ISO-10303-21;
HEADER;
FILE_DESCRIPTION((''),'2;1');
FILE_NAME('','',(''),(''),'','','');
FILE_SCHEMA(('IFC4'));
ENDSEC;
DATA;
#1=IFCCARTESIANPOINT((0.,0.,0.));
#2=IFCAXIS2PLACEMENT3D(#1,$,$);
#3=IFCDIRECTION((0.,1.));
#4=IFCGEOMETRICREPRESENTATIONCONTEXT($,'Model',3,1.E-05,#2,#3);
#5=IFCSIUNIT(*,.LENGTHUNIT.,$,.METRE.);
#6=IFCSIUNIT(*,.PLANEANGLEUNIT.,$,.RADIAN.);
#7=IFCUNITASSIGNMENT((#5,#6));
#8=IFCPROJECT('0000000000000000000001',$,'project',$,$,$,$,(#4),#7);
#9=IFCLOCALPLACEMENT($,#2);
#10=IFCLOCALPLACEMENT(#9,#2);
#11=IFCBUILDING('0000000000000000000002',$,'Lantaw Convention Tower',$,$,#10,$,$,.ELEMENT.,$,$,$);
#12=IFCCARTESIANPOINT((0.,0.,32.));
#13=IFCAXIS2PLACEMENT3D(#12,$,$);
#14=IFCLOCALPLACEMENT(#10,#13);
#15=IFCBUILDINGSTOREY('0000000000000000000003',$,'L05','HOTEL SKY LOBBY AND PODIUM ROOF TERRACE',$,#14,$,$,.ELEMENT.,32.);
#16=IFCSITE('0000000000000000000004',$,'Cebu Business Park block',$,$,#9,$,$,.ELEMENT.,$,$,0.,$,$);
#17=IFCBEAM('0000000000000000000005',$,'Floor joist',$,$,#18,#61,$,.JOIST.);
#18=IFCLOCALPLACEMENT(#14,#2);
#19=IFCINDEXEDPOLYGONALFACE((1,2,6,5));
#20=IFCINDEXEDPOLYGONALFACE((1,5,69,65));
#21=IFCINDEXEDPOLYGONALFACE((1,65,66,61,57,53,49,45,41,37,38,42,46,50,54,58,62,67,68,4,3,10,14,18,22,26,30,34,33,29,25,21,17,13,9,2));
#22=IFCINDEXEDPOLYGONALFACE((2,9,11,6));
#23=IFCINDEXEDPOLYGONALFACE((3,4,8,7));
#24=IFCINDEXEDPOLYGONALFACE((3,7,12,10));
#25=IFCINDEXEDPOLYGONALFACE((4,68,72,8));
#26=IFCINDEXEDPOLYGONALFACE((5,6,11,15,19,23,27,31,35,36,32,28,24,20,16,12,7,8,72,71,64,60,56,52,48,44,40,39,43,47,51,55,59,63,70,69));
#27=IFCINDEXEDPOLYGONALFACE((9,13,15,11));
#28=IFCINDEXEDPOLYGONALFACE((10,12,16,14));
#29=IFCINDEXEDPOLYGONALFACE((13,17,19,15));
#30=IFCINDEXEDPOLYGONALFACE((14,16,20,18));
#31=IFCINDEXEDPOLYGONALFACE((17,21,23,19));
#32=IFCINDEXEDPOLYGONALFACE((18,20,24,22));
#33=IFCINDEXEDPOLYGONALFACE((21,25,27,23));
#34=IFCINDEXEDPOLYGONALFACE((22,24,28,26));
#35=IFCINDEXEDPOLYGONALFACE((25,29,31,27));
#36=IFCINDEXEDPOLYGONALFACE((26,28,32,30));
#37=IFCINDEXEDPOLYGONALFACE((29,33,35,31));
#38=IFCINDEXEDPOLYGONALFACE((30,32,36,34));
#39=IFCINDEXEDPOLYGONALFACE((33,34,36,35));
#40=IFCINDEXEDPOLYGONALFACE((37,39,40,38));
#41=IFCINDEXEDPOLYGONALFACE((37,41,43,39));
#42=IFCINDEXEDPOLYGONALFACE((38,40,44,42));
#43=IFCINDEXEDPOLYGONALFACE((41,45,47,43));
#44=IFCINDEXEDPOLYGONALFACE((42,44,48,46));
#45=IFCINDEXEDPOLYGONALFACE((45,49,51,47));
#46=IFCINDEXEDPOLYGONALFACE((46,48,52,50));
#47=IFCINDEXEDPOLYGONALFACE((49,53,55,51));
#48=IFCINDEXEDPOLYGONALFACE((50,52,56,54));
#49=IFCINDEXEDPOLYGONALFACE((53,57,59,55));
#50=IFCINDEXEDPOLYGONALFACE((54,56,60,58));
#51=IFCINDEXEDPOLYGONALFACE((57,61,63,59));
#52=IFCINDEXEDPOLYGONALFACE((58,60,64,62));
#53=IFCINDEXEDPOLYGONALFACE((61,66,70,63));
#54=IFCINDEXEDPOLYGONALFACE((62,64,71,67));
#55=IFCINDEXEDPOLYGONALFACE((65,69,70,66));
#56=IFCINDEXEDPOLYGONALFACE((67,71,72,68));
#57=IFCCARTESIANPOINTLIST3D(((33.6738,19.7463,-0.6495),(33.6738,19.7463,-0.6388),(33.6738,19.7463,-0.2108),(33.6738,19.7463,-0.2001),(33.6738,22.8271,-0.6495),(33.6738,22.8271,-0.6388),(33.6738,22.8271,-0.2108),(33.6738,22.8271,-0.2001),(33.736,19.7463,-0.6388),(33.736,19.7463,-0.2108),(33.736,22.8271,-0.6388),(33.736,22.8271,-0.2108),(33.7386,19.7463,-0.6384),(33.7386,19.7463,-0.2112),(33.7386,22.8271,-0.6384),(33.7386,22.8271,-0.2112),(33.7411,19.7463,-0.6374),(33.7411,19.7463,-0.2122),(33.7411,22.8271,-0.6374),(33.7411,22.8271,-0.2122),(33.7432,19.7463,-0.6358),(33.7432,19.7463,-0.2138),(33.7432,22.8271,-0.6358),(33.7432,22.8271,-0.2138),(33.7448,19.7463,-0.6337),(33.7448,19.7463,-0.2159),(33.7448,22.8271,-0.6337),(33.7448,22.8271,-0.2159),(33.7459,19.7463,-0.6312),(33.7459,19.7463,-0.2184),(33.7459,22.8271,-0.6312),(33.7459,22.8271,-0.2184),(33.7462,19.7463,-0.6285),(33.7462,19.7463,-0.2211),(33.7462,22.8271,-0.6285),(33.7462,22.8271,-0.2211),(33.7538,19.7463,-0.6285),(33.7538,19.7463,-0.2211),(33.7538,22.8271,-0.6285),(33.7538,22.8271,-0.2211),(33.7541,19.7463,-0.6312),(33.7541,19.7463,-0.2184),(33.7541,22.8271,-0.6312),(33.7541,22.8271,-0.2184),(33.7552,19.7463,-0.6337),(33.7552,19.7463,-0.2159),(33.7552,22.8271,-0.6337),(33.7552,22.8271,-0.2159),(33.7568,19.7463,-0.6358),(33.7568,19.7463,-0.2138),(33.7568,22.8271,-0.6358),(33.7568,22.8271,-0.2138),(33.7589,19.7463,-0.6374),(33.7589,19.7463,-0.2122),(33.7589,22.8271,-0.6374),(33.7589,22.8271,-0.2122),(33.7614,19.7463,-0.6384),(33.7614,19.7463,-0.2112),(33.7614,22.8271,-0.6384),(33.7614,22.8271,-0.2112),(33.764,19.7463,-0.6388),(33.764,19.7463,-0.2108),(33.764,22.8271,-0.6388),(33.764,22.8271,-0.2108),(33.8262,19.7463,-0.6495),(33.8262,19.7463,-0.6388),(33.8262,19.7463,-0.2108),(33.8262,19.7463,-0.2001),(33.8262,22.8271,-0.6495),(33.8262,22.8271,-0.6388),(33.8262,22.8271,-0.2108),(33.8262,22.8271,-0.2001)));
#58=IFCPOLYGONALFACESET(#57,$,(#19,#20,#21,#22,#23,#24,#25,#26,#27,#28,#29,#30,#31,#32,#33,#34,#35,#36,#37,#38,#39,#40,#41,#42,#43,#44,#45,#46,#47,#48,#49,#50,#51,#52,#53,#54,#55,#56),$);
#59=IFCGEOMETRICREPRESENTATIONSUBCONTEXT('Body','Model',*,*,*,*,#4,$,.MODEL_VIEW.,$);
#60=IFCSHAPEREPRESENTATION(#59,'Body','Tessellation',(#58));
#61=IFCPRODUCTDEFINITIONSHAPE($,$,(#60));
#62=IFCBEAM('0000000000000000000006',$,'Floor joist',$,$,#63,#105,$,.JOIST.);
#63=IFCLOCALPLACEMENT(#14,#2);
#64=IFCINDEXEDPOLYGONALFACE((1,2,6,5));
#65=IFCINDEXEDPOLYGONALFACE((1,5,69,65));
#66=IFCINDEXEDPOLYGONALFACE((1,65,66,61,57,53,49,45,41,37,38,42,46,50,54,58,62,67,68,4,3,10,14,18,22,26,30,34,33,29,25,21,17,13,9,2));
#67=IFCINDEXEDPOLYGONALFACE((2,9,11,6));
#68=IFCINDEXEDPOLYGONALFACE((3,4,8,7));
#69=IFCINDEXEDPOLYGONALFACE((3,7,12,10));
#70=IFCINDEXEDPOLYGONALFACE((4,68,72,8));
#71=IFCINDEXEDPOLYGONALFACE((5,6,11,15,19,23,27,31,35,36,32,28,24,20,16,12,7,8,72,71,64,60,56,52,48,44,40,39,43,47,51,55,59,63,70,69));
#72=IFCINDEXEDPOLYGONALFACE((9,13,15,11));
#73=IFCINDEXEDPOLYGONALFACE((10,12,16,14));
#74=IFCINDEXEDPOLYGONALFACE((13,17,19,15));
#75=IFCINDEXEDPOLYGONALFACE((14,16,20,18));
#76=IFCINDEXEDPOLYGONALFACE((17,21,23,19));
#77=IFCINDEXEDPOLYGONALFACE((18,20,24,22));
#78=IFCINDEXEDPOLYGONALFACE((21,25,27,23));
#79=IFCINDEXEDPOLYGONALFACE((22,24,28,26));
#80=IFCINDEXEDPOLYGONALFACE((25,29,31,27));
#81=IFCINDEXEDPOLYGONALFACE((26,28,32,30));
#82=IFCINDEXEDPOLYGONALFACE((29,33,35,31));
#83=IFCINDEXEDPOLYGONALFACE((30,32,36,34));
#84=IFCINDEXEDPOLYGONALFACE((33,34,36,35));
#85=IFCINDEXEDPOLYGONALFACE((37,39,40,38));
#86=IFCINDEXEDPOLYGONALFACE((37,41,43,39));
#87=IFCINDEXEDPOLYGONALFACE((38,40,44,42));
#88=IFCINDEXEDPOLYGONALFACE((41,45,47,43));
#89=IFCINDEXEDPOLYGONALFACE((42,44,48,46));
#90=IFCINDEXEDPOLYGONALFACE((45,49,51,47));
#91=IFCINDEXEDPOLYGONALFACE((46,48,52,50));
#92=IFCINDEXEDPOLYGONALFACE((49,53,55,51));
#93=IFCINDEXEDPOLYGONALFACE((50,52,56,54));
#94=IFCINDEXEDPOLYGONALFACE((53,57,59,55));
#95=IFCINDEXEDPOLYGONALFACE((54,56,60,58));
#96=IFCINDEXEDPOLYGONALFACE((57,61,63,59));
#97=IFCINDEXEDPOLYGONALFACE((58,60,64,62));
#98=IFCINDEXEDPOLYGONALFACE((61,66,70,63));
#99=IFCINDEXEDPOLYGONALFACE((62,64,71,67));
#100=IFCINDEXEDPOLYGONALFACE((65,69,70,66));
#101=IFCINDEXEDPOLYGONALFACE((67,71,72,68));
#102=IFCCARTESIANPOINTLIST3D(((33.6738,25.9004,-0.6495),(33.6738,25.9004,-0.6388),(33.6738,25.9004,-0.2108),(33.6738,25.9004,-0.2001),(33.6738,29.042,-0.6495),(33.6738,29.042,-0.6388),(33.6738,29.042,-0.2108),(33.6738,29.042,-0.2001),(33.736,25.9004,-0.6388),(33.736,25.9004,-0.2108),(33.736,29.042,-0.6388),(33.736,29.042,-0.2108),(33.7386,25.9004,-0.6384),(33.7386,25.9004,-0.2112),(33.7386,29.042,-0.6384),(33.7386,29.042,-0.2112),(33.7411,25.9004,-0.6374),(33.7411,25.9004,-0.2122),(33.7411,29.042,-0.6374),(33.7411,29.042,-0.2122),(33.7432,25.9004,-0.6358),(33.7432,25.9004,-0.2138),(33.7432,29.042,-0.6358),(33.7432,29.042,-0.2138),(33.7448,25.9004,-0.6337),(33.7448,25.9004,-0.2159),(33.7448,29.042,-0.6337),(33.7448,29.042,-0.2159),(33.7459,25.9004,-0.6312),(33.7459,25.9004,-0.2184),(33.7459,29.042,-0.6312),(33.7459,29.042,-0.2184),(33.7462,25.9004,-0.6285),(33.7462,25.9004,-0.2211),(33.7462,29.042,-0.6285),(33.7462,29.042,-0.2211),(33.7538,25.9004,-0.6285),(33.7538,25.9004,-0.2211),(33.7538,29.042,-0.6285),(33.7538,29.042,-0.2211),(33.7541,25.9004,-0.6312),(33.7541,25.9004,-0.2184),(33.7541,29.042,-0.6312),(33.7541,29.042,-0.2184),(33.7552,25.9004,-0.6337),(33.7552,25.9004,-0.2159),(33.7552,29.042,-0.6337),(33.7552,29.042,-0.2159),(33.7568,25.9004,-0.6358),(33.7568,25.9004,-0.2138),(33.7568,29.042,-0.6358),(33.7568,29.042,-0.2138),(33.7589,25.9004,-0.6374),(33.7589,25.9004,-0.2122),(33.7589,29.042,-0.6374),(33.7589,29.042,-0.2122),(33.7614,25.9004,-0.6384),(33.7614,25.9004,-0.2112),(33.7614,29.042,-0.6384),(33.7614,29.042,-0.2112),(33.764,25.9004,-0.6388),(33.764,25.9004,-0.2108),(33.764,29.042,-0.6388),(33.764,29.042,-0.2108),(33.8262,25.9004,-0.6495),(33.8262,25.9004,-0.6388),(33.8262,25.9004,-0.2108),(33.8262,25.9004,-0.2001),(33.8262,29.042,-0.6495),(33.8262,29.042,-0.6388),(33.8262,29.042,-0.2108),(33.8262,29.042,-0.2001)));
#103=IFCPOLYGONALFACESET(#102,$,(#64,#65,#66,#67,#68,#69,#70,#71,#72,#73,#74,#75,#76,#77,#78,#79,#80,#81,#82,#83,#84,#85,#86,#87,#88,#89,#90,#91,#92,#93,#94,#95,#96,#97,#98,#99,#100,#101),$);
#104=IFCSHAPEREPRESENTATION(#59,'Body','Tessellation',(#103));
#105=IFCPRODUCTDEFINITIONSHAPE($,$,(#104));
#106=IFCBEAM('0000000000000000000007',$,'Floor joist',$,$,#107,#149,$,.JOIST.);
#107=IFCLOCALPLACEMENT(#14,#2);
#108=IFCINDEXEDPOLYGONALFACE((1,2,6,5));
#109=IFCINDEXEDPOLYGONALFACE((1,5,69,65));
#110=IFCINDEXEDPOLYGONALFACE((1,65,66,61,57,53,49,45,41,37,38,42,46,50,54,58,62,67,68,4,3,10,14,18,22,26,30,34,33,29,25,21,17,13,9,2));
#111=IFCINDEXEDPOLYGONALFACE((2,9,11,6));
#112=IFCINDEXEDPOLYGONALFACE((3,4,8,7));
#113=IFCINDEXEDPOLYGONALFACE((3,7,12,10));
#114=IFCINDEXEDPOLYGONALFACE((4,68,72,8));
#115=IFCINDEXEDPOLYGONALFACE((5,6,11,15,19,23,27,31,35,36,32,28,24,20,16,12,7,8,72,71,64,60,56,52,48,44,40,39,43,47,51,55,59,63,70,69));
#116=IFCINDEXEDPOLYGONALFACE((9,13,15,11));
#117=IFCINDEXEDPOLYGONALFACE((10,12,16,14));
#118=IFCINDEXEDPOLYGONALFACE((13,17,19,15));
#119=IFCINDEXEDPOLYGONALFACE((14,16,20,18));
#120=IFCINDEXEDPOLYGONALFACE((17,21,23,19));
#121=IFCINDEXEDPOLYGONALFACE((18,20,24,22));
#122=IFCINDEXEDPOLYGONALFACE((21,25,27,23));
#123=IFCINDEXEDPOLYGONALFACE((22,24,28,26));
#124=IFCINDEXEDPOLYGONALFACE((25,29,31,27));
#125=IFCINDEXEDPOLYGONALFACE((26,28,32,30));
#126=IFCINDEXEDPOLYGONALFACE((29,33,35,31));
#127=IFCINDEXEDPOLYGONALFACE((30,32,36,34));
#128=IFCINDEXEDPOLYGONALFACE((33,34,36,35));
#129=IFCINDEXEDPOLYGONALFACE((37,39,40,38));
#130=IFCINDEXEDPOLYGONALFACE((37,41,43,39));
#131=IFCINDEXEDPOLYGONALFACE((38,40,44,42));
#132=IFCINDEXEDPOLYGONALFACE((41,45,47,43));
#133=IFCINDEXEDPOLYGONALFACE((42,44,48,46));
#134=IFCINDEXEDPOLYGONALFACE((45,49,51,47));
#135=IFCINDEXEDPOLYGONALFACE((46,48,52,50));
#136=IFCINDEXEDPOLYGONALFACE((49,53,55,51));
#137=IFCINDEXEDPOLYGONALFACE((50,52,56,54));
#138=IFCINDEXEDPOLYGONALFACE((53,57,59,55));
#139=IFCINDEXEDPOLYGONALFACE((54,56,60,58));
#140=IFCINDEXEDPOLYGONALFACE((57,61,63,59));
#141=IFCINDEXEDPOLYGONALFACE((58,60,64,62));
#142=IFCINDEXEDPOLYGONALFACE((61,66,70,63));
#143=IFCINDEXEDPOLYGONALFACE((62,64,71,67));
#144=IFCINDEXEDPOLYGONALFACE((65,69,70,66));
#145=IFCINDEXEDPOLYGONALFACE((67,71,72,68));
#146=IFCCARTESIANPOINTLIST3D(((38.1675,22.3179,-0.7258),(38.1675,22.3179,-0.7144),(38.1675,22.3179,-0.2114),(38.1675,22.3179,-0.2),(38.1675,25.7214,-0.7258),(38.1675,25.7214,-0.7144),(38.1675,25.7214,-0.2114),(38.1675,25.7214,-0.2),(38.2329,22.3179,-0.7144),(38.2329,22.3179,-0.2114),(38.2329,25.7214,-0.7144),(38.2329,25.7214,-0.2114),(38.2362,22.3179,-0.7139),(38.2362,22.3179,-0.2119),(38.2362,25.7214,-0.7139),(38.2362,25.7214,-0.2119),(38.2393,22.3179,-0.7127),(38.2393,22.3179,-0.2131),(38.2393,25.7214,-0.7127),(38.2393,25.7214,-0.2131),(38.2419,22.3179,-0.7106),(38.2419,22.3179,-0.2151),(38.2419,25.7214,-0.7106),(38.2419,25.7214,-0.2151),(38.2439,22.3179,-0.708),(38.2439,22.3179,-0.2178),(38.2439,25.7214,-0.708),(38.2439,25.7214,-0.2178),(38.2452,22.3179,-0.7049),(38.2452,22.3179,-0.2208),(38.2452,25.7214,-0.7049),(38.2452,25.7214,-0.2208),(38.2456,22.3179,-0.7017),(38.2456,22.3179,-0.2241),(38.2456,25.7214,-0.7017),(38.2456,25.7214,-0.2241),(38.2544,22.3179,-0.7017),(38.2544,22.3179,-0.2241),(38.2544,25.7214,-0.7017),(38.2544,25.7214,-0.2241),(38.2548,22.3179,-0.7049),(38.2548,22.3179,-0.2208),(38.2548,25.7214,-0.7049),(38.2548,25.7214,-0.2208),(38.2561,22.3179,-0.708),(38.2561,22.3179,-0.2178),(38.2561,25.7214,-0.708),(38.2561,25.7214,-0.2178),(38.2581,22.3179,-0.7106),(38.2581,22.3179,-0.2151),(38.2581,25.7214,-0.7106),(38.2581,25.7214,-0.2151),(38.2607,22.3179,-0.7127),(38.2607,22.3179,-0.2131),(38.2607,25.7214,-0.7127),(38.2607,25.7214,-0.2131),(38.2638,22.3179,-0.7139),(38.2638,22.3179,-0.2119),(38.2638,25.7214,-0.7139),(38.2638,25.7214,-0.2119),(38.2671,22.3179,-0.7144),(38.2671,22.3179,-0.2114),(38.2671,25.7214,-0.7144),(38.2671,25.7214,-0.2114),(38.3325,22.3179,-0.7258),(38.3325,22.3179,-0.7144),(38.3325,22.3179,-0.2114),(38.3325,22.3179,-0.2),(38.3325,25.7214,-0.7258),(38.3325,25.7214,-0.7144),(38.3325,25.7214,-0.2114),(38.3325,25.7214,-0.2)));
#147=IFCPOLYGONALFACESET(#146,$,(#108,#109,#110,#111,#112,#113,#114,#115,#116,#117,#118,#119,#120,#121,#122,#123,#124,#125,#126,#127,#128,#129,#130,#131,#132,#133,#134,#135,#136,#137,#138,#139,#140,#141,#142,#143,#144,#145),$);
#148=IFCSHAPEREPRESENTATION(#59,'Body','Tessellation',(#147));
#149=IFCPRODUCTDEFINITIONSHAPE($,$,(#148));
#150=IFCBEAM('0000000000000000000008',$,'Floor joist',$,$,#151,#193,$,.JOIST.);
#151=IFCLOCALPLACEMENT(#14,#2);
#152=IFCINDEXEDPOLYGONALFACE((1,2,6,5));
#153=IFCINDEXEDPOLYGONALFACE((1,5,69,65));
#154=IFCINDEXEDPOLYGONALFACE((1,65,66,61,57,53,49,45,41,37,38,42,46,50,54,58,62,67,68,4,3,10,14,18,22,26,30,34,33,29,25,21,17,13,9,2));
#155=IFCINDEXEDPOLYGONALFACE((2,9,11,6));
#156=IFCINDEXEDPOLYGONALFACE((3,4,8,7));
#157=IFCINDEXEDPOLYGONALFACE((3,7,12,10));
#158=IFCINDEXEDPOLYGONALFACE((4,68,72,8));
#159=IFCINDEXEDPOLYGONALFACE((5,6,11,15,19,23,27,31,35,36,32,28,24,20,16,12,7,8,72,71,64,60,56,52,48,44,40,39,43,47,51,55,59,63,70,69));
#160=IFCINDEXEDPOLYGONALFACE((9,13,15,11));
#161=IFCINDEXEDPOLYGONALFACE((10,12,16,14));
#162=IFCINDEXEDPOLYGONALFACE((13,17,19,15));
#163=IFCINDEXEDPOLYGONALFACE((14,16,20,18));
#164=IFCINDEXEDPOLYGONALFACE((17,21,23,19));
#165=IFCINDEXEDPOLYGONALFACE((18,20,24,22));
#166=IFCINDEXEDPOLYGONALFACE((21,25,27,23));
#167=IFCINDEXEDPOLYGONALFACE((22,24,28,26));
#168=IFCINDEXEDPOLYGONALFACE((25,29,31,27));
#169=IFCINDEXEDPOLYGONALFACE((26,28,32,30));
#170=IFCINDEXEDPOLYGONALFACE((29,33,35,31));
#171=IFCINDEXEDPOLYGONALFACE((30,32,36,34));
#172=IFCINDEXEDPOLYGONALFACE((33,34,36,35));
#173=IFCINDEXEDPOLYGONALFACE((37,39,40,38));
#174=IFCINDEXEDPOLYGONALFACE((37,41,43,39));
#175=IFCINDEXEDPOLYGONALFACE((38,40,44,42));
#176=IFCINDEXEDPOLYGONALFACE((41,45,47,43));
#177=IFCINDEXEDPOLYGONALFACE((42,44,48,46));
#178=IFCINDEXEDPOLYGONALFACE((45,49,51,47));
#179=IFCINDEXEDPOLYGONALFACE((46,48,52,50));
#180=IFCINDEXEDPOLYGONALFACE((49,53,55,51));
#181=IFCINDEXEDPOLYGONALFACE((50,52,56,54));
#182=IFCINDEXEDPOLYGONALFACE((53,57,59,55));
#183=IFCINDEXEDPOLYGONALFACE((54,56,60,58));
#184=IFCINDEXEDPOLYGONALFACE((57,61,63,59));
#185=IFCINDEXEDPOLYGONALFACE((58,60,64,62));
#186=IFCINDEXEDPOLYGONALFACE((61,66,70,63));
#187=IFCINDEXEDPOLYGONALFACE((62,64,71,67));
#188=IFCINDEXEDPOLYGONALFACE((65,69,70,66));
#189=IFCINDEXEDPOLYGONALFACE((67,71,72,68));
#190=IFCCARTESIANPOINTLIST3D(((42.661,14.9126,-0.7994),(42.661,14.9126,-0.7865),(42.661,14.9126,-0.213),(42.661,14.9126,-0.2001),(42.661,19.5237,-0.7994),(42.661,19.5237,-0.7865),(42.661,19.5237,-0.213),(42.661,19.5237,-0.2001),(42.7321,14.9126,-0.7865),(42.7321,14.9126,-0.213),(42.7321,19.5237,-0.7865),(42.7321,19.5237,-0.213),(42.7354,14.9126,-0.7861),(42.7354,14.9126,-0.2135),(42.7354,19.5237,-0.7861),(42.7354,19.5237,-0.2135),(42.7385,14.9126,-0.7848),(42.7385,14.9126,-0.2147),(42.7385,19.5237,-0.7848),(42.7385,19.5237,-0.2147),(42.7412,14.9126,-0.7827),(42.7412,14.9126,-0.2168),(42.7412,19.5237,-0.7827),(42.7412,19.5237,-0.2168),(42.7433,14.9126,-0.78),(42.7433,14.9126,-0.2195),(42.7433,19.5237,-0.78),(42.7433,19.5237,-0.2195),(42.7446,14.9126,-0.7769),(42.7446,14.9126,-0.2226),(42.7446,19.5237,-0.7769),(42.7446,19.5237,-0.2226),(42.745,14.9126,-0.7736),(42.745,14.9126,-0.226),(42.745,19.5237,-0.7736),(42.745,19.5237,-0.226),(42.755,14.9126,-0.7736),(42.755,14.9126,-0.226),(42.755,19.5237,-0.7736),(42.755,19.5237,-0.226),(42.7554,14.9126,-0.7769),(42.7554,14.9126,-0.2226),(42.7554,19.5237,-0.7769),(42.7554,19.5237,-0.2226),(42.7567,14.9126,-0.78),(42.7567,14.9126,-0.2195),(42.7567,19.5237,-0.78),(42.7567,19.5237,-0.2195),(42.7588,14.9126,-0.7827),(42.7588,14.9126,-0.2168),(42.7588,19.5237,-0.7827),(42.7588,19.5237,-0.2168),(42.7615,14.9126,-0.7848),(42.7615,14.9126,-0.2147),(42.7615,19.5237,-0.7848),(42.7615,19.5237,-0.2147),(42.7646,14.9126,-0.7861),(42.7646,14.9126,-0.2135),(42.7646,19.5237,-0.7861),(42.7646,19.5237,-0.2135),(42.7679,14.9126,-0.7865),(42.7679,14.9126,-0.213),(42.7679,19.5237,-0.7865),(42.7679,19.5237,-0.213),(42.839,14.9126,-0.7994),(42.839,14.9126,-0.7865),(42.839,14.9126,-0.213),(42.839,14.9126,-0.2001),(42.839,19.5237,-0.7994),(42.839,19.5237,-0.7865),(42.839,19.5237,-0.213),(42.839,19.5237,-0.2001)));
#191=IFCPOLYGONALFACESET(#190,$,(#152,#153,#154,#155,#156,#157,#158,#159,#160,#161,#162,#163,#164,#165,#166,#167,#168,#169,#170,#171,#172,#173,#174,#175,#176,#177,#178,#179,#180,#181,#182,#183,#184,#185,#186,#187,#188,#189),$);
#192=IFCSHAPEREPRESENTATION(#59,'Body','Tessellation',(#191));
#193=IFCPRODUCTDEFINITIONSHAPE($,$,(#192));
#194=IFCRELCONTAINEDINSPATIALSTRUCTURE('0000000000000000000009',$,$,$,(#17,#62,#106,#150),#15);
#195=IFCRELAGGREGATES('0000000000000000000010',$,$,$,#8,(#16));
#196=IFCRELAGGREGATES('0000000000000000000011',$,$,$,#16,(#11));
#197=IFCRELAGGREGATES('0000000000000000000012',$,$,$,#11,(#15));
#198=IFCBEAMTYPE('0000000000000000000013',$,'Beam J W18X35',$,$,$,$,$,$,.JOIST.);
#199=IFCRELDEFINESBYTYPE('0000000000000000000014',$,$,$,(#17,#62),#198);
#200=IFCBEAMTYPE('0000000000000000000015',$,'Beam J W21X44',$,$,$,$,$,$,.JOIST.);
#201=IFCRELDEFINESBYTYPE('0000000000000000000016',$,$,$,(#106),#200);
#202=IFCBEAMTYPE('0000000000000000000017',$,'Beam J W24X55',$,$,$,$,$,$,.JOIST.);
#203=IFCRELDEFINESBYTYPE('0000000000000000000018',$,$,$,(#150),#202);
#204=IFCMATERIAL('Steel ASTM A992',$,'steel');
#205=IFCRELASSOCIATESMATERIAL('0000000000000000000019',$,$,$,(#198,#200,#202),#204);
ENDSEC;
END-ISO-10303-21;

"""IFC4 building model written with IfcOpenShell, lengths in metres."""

from ifc_helpers import new_model, si_unit, direction, frame, origin, origin_2d, place, context, subcontext, project, spatial, i_section, extrude, material, material_profile, profile_set, type_object, element, save


model = new_model("IFC4")

# Units and contexts
model_context = context("Model", 3, precision=1e-05, world=origin(), true_north=direction((0.0, 1.0)))
body_context = subcontext(model_context, "Body", "Model", "MODEL_VIEW")
ifc_project = project(units=[si_unit("LENGTHUNIT", "METRE"), si_unit("PLANEANGLEUNIT", "RADIAN")], contexts=[model_context])

# Site, building, storey
site_placement = place(None, origin())
site = spatial("IfcSite", under=ifc_project, at=site_placement, Name="Cebu Business Park block", CompositionType="ELEMENT", RefElevation=0.0)
building_placement = place(site_placement, origin())
building = spatial("IfcBuilding", under=site, at=building_placement, Name="Lantaw Convention Tower", CompositionType="ELEMENT")
storey_placement = place(building_placement, frame((0.0, 0.0, 32.0)))
storey = spatial("IfcBuildingStorey", under=building, at=storey_placement, Name="L05", Description="HOTEL SKY LOBBY AND PODIUM ROOF TERRACE", CompositionType="ELEMENT", Elevation=32.0)

# Beams
ifc_material_1 = material(Name="Steel ASTM A992", Category="steel")
ifc_material_profile_1 = material_profile(ifc_material_1, i_section(OverallWidth=0.1523, OverallDepth=0.4495, WebThickness=0.0076, FlangeThickness=0.0107, FilletRadius=0.0103, at=origin_2d()), Name="W18X35")
ifc_profile_set_1 = profile_set([ifc_material_profile_1], Name="Steel ASTM A992")
beam_type_1 = type_object("IfcBeamType", Name="Beam J W18X35", PredefinedType="JOIST", material=ifc_profile_set_1)
beam_1_placement = place(storey_placement, frame((33.75, 19.7463, -0.4248), z_axis=(0.0, 1.0, 0.0), x_axis=(-1.0, 0.0, 0.0)))
element("IfcBeam", 1, at=beam_1_placement, inside=storey, type_object=beam_type_1, Name="Floor joist", PredefinedType="JOIST", context=body_context, shape_type="SweptSolid", body=[
    extrude(i_section(OverallWidth=0.1523, OverallDepth=0.4495, WebThickness=0.0076, FlangeThickness=0.0107, FilletRadius=0.0103, at=origin_2d()), origin(), (0.0, 0.0, 1.0), 3.0808),
])
beam_2_placement = place(storey_placement, frame((33.75, 25.9004, -0.4248), z_axis=(0.0, 1.0, 0.0), x_axis=(-1.0, 0.0, 0.0)))
element("IfcBeam", 2, at=beam_2_placement, inside=storey, type_object=beam_type_1, Name="Floor joist", PredefinedType="JOIST", context=body_context, shape_type="SweptSolid", body=[
    extrude(i_section(OverallWidth=0.1523, OverallDepth=0.4495, WebThickness=0.0076, FlangeThickness=0.0107, FilletRadius=0.0103, at=origin_2d()), origin(), (0.0, 0.0, 1.0), 3.1416),
])
ifc_material_profile_2 = material_profile(ifc_material_1, i_section(OverallWidth=0.165, OverallDepth=0.5259, WebThickness=0.0088, FlangeThickness=0.0115, FilletRadius=0.0127, at=origin_2d()), Name="W21X44")
ifc_profile_set_2 = profile_set([ifc_material_profile_2], Name="Steel ASTM A992")
beam_type_2 = type_object("IfcBeamType", Name="Beam J W21X44", PredefinedType="JOIST", material=ifc_profile_set_2)
beam_3_placement = place(storey_placement, frame((38.25, 22.3179, -0.4629), z_axis=(0.0, 1.0, 0.0), x_axis=(-1.0, 0.0, 0.0)))
element("IfcBeam", 3, at=beam_3_placement, inside=storey, type_object=beam_type_2, Name="Floor joist", PredefinedType="JOIST", context=body_context, shape_type="SweptSolid", body=[
    extrude(i_section(OverallWidth=0.165, OverallDepth=0.5259, WebThickness=0.0088, FlangeThickness=0.0115, FilletRadius=0.0127, at=origin_2d()), origin(), (0.0, 0.0, 1.0), 3.4036),
])
ifc_material_profile_3 = material_profile(ifc_material_1, i_section(OverallWidth=0.178, OverallDepth=0.5994, WebThickness=0.01, FlangeThickness=0.0129, FilletRadius=0.0129, at=origin_2d()), Name="W24X55")
ifc_profile_set_3 = profile_set([ifc_material_profile_3], Name="Steel ASTM A992")
beam_type_3 = type_object("IfcBeamType", Name="Beam J W24X55", PredefinedType="JOIST", material=ifc_profile_set_3)
beam_4_placement = place(storey_placement, frame((42.75, 14.9126, -0.4998), z_axis=(0.0, 1.0, 0.0), x_axis=(-1.0, 0.0, 0.0)))
element("IfcBeam", 4, at=beam_4_placement, inside=storey, type_object=beam_type_3, Name="Floor joist", PredefinedType="JOIST", context=body_context, shape_type="SweptSolid", body=[
    extrude(i_section(OverallWidth=0.178, OverallDepth=0.5994, WebThickness=0.01, FlangeThickness=0.0129, FilletRadius=0.0129, at=origin_2d()), origin(), (0.0, 0.0, 1.0), 4.6111),
])

save(model, "model.ifc")
